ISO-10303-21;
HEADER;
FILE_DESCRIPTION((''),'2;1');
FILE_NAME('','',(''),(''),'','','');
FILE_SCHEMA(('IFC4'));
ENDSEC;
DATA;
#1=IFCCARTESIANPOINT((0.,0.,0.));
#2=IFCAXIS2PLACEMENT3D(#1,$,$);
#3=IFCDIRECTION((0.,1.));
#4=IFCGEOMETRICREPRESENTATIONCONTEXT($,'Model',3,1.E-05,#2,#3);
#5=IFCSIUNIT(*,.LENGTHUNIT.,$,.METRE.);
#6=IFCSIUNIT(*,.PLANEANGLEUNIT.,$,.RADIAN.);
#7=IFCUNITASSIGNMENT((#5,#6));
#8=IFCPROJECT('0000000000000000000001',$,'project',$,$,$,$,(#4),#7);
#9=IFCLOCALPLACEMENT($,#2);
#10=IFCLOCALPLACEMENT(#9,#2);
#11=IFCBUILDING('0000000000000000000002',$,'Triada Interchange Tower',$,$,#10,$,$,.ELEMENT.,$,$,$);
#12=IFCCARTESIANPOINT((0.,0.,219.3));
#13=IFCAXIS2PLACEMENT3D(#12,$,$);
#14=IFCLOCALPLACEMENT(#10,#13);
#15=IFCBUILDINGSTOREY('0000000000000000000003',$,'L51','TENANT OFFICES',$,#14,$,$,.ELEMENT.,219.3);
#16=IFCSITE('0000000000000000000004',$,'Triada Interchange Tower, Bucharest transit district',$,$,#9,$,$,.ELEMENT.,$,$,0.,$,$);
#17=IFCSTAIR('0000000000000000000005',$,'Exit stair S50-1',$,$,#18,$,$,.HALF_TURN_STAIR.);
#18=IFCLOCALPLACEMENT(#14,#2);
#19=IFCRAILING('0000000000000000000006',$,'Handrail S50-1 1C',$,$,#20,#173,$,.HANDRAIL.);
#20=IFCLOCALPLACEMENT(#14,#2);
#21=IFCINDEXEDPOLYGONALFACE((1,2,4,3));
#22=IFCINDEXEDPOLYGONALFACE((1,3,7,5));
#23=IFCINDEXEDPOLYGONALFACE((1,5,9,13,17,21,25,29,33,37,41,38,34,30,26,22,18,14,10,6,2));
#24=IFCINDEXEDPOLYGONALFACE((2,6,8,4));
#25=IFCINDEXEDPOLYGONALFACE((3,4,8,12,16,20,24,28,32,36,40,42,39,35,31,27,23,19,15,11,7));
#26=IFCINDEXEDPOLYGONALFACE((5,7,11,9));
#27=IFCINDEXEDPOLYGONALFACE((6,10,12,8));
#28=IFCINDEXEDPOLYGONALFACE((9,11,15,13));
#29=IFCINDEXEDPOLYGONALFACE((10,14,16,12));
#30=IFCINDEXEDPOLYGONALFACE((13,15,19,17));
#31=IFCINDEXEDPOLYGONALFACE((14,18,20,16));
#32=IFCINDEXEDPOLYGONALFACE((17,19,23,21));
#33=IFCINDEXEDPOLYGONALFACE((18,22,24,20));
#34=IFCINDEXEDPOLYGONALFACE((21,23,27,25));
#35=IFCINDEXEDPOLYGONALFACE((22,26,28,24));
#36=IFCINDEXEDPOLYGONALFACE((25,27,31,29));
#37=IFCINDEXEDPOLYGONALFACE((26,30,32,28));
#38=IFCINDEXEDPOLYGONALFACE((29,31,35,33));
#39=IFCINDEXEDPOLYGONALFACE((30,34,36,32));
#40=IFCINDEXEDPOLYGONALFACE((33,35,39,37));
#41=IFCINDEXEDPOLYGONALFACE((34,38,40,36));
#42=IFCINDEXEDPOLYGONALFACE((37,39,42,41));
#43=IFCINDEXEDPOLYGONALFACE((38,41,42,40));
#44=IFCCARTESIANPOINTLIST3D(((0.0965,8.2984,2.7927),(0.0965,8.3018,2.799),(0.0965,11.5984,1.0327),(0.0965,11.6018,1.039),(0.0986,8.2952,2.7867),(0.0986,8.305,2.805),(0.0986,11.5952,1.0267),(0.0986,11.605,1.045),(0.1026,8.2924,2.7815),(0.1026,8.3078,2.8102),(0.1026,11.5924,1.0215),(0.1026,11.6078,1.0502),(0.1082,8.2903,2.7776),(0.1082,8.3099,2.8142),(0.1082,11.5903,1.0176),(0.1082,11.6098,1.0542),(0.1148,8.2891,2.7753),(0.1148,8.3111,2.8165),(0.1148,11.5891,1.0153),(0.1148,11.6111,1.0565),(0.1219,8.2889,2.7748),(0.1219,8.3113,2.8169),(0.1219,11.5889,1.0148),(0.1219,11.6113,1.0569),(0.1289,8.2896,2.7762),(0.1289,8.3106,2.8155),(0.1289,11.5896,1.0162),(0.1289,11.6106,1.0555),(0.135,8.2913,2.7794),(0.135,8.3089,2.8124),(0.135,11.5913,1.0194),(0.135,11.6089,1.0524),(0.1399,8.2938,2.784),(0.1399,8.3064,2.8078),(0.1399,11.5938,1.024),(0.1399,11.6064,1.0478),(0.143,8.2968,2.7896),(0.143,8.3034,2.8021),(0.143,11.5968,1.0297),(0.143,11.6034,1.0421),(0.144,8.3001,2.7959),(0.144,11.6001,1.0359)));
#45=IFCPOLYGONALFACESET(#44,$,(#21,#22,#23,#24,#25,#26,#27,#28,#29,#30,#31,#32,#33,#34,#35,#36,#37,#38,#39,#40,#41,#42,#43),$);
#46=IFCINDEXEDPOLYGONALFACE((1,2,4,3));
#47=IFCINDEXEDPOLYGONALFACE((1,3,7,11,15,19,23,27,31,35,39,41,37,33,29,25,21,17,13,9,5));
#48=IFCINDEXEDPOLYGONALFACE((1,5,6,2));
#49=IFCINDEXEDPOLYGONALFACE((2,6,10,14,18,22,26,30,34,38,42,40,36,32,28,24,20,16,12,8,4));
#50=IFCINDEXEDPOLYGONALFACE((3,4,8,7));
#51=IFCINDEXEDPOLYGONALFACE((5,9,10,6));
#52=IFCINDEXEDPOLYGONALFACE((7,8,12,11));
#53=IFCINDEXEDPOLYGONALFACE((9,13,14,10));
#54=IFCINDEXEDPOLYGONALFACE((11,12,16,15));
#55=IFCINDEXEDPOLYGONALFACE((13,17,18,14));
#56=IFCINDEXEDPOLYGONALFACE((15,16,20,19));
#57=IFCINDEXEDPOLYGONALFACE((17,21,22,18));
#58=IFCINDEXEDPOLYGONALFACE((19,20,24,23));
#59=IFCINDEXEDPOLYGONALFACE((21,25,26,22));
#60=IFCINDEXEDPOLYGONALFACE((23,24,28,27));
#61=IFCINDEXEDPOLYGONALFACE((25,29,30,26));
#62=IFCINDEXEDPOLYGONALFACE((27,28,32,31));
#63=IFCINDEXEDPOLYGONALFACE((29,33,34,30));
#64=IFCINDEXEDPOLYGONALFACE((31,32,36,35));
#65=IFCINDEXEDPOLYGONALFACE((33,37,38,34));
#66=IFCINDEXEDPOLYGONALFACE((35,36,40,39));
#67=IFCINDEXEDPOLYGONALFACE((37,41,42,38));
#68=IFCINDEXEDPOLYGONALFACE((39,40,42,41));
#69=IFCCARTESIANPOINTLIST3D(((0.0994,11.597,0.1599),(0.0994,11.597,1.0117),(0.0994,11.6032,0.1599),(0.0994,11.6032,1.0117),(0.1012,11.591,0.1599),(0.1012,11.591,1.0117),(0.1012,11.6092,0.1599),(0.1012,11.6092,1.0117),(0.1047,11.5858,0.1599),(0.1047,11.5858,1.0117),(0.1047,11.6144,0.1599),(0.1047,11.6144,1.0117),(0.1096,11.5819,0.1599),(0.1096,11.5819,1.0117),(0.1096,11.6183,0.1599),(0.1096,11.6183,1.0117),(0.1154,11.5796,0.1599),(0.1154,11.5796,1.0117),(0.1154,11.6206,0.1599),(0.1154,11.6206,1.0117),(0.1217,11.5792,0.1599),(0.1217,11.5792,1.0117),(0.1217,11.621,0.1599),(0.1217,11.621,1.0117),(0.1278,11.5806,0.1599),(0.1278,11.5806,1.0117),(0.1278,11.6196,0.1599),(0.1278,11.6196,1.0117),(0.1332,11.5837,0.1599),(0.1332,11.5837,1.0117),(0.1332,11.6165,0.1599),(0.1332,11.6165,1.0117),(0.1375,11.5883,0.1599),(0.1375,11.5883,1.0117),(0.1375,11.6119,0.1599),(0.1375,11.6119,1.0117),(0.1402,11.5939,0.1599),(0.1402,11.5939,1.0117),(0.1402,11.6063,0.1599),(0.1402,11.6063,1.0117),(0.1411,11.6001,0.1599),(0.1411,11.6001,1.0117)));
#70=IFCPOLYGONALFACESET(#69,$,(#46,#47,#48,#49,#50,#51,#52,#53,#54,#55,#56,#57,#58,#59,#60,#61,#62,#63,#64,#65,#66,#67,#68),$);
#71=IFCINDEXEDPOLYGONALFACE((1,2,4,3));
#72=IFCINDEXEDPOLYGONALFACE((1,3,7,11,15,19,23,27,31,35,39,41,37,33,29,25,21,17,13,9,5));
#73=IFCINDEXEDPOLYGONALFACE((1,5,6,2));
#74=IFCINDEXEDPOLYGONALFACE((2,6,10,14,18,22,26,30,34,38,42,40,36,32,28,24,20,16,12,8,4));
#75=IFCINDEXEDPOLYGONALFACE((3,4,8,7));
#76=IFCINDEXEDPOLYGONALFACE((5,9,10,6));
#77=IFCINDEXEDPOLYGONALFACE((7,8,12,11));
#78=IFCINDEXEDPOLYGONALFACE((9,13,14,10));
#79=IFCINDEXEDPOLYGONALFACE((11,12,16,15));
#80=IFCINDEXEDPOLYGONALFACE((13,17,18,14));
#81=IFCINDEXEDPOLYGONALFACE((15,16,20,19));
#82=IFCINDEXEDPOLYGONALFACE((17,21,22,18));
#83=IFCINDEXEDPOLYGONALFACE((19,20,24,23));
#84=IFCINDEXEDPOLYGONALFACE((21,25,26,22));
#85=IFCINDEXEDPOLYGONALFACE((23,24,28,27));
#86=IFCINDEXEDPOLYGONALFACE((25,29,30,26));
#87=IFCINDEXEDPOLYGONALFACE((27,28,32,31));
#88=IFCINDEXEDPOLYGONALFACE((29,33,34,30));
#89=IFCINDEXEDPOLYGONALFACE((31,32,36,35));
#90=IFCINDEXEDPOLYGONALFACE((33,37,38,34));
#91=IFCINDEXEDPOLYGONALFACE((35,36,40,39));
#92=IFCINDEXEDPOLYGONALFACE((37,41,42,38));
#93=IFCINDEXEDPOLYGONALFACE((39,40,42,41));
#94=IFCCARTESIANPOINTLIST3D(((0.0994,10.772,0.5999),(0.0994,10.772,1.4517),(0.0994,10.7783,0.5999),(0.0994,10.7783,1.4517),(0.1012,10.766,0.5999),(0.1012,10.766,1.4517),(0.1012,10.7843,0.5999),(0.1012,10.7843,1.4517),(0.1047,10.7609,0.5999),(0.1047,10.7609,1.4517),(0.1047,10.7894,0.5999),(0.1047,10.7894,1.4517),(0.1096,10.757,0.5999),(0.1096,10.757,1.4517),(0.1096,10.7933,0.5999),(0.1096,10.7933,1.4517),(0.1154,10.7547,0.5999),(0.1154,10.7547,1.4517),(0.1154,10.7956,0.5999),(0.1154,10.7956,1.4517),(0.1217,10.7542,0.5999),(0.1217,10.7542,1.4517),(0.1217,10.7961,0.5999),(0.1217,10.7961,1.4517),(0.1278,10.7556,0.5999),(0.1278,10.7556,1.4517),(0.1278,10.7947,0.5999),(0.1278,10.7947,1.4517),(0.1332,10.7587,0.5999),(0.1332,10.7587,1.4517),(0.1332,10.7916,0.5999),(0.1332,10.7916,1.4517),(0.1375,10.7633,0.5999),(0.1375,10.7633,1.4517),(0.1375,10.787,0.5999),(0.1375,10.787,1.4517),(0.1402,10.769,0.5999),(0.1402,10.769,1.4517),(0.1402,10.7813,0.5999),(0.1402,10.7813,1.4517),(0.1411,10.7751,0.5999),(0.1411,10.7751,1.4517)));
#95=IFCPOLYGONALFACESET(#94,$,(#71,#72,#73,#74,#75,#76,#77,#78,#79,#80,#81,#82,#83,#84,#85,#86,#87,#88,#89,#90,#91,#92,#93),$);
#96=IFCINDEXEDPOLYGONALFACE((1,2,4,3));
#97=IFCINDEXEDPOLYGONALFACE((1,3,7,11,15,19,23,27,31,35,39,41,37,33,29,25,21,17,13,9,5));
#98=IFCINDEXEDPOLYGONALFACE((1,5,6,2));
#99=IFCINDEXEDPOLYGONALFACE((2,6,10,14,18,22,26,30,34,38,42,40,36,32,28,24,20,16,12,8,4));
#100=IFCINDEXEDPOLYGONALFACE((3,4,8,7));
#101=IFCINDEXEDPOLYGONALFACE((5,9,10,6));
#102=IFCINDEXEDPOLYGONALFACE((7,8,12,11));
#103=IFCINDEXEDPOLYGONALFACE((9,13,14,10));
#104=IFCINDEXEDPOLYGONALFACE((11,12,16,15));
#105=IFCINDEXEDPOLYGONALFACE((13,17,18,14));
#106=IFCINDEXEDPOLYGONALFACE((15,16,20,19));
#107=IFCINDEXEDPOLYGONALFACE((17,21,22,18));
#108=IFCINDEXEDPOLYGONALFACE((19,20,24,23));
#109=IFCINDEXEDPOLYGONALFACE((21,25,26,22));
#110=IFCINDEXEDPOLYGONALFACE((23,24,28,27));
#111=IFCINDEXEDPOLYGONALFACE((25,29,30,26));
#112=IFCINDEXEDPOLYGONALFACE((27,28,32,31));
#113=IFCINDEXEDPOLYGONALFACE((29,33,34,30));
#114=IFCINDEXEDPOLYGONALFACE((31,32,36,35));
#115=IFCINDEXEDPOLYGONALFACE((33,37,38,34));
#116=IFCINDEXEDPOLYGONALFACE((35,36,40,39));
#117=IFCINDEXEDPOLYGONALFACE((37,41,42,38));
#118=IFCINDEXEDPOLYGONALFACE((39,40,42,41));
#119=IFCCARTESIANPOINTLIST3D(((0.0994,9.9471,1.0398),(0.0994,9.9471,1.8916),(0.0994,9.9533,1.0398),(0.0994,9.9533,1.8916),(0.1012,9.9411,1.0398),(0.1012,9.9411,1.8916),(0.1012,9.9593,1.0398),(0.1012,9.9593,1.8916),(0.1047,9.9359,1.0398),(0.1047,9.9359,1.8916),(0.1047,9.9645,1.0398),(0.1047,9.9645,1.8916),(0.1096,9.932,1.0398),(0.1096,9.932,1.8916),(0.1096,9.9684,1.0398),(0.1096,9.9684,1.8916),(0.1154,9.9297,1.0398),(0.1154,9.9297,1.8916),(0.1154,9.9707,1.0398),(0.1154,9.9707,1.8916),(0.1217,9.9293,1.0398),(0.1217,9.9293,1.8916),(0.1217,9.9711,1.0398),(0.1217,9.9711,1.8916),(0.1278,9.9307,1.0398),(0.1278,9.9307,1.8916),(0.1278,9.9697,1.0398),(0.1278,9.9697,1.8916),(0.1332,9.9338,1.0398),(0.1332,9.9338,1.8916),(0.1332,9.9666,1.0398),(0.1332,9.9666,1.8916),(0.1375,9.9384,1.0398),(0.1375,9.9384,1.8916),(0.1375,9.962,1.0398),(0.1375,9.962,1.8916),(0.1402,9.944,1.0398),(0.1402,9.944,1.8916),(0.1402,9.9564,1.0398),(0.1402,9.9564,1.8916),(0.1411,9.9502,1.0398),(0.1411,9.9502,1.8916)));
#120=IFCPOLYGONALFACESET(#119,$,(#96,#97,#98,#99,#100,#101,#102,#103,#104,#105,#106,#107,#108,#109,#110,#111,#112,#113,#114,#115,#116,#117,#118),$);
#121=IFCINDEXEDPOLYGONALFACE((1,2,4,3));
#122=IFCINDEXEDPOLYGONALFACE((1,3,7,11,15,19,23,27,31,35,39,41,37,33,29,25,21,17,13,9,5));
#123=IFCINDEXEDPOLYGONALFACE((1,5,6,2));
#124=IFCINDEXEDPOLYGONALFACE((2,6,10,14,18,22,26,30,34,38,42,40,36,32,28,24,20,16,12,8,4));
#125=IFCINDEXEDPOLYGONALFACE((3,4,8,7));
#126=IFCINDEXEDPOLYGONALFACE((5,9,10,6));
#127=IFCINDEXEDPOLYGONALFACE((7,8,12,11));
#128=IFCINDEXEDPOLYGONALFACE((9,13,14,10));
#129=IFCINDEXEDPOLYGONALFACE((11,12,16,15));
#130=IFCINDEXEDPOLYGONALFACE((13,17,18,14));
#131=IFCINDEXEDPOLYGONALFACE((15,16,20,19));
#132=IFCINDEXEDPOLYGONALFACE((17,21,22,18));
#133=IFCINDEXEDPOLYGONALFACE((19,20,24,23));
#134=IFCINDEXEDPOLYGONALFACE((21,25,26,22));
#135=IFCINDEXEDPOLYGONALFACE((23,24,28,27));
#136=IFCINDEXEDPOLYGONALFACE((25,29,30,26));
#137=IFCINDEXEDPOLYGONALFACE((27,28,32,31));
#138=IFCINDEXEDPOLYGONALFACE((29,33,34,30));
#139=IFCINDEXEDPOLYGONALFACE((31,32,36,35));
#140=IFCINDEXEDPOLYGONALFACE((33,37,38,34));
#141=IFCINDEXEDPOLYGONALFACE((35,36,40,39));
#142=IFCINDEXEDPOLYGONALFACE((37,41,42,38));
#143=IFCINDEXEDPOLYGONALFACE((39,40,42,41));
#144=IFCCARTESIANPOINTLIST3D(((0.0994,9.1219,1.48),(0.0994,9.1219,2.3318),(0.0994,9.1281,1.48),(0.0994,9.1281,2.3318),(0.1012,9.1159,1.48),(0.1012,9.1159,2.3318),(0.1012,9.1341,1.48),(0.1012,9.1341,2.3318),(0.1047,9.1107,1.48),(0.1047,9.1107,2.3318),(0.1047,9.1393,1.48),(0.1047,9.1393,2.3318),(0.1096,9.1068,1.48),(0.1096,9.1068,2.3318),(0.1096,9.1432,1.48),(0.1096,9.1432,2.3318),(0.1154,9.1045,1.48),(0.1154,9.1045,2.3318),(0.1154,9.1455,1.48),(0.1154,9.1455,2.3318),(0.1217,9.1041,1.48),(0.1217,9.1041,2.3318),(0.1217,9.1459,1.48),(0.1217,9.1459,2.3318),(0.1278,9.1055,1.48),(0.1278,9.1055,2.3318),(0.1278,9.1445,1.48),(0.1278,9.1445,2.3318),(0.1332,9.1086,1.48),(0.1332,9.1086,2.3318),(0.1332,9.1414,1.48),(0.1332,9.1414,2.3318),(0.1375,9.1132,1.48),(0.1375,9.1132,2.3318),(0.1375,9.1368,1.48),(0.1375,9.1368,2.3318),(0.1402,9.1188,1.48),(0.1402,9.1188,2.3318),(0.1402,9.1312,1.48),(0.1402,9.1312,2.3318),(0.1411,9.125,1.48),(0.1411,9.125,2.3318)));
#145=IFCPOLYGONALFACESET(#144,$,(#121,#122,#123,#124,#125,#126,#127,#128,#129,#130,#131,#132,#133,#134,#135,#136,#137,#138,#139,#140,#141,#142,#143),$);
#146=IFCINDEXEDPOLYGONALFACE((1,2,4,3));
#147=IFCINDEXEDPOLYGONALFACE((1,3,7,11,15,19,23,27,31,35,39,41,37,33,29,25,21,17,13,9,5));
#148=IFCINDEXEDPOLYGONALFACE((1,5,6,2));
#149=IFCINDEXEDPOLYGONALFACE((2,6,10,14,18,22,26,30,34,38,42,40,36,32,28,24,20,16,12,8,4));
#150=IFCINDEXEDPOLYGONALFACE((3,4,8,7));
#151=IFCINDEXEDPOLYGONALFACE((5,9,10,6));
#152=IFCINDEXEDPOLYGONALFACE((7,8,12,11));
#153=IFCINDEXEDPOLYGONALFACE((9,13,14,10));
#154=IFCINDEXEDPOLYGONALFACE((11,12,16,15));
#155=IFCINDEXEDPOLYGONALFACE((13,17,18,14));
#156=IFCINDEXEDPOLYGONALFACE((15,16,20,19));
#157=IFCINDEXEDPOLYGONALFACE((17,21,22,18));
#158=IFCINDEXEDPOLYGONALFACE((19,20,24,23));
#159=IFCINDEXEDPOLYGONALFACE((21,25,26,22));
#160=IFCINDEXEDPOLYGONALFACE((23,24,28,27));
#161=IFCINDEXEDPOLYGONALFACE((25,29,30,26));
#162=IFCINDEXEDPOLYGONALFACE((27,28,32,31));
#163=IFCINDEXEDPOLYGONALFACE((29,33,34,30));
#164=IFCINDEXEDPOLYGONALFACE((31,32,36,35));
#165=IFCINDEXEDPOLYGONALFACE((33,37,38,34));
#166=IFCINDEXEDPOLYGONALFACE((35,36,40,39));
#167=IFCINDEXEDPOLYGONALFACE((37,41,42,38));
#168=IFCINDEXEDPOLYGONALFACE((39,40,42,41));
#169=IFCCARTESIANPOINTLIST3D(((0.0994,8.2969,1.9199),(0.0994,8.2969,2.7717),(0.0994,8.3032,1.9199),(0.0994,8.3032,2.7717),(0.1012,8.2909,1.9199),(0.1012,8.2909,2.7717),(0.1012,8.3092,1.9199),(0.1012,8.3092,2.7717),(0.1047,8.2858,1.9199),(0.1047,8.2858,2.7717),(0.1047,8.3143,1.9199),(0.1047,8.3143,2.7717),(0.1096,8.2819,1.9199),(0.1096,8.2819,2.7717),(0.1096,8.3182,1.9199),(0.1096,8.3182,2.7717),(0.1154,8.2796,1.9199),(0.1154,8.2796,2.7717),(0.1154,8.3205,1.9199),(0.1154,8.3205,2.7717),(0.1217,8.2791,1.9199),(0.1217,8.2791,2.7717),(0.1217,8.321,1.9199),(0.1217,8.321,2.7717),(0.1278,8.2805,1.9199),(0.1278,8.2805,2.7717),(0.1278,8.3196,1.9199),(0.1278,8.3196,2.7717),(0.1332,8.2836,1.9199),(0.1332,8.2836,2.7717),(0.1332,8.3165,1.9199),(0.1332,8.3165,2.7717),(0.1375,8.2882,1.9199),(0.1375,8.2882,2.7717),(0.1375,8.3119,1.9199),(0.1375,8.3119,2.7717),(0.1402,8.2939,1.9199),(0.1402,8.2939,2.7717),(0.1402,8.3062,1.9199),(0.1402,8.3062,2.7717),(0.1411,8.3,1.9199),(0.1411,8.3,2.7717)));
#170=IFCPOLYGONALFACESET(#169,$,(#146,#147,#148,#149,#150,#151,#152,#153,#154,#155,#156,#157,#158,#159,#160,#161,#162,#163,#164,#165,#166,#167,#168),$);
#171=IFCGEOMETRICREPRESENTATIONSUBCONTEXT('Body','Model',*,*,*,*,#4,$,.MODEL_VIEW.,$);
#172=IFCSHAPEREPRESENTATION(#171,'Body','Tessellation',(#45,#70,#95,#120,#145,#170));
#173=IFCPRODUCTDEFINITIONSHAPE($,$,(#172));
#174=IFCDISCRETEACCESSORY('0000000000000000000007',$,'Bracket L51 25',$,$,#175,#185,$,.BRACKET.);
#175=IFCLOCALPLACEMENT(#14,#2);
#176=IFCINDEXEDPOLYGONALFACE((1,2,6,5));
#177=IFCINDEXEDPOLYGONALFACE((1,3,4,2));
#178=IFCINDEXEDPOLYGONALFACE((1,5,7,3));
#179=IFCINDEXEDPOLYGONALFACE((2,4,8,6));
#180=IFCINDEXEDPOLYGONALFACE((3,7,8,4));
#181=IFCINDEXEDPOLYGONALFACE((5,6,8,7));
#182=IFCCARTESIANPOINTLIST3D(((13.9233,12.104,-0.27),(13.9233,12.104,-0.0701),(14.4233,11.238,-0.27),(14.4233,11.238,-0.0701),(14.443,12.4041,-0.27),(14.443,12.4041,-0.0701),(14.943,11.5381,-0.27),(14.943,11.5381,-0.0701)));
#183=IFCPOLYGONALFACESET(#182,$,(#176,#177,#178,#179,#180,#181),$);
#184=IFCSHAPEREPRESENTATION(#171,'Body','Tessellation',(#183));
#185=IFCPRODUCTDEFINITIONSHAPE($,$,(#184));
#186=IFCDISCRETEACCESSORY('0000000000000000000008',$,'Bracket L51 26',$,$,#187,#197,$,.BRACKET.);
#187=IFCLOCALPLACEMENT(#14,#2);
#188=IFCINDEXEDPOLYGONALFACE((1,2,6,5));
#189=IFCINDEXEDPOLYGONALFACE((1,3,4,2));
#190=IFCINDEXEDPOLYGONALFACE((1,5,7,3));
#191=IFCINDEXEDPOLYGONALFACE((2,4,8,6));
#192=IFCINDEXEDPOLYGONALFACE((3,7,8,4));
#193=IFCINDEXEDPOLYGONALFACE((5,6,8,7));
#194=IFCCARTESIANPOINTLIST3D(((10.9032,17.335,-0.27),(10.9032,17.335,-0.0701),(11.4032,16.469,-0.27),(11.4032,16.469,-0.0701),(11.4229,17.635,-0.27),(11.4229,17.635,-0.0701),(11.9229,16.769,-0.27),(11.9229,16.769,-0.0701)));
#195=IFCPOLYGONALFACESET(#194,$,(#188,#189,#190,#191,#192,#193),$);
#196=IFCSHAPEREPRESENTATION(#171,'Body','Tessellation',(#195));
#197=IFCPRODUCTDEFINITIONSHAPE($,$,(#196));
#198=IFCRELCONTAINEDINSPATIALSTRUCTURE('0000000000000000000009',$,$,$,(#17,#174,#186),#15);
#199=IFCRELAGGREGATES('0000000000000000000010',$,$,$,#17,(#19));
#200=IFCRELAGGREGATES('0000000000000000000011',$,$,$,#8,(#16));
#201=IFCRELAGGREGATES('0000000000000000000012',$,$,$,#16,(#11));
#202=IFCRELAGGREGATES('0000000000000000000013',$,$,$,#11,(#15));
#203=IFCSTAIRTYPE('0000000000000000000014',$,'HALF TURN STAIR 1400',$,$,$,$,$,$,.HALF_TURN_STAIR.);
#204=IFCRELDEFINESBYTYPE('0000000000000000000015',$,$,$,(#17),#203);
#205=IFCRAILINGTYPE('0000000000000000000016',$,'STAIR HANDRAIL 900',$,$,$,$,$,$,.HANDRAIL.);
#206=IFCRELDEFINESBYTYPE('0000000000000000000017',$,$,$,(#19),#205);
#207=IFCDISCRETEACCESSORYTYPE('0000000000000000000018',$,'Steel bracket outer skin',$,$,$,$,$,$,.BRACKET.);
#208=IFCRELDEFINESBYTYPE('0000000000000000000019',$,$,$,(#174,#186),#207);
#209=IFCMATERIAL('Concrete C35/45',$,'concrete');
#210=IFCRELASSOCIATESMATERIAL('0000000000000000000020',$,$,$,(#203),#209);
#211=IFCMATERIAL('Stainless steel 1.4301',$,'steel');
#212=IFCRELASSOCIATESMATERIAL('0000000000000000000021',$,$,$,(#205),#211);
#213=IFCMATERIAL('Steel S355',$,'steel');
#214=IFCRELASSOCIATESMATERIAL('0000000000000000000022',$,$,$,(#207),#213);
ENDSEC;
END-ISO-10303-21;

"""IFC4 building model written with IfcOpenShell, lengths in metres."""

from ifc_helpers import new_model, si_unit, direction, frame, origin, origin_2d, place, context, subcontext, project, spatial, rectangle, circle, extrude, material, type_object, element, aggregate, save


model = new_model("IFC4")

# Units and contexts
model_context = context("Model", 3, precision=1e-05, world=origin(), true_north=direction((0.0, 1.0)))
body_context = subcontext(model_context, "Body", "Model", "MODEL_VIEW")
ifc_project = project(units=[si_unit("LENGTHUNIT", "METRE"), si_unit("PLANEANGLEUNIT", "RADIAN")], contexts=[model_context])

# Site, building, storey
site_placement = place(None, origin())
site = spatial("IfcSite", under=ifc_project, at=site_placement, Name="Triada Interchange Tower, Bucharest transit district", CompositionType="ELEMENT", RefElevation=0.0)
building_placement = place(site_placement, origin())
building = spatial("IfcBuilding", under=site, at=building_placement, Name="Triada Interchange Tower", CompositionType="ELEMENT")
storey_placement = place(building_placement, frame((0.0, 0.0, 219.3)))
storey = spatial("IfcBuildingStorey", under=building, at=storey_placement, Name="L51", Description="TENANT OFFICES", CompositionType="ELEMENT", Elevation=219.3)

# Stair
ifc_material_1 = material(Name="Concrete C35/45", Category="concrete")
stair_type = type_object("IfcStairType", Name="HALF TURN STAIR 1400", PredefinedType="HALF_TURN_STAIR", material=ifc_material_1)
stair_placement = place(storey_placement, origin())
stair = element("IfcStair", 1, at=stair_placement, inside=storey, type_object=stair_type, Name="Exit stair S50-1", PredefinedType="HALF_TURN_STAIR")

# Railing
ifc_material_2 = material(Name="Stainless steel 1.4301", Category="steel")
railing_type = type_object("IfcRailingType", Name="STAIR HANDRAIL 900", PredefinedType="HANDRAIL", material=ifc_material_2)
railing_1_placement = place(storey_placement, frame((0.1201, 11.6001, 0.1599)))
railing_1 = element("IfcRailing", 2, at=railing_1_placement, type_object=railing_type, Name="Handrail S50-1 1C", PredefinedType="HANDRAIL", context=body_context, shape_type="SweptSolid", body=[
    extrude(circle(Radius=0.0239, at=origin_2d()), frame((0.0, 0.0, 0.876), z_axis=(0.0, -0.882355, 0.470585), x_axis=(1.0, 0.0, 0.0)), (0.0, 0.0, 1.0), 3.74),
    extrude(circle(Radius=0.021, at=origin_2d()), origin(), (0.0, 0.0, 1.0), 0.8518),
    extrude(circle(Radius=0.021, at=origin_2d()), frame((0.0, -0.825, 0.4399)), (0.0, 0.0, 1.0), 0.8518),
    extrude(circle(Radius=0.021, at=origin_2d()), frame((0.0, -1.6499, 0.8799)), (0.0, 0.0, 1.0), 0.8518),
    extrude(circle(Radius=0.021, at=origin_2d()), frame((0.0, -2.4751, 1.3201)), (0.0, 0.0, 1.0), 0.8518),
    extrude(circle(Radius=0.021, at=origin_2d()), frame((0.0, -3.3, 1.76)), (0.0, 0.0, 1.0), 0.8518),
])
aggregate(stair, [railing_1])

# Discrete accessories
ifc_material_3 = material(Name="Steel S355", Category="steel")
discrete_accessory_type = type_object("IfcDiscreteAccessoryType", Name="Steel bracket outer skin", PredefinedType="BRACKET", material=ifc_material_3)
for number, where, z_axis, x_axis, name in (
    (3, (14.4331, 11.821, -0.27), (0.0, 0.0, 1.0), (0.866025, 0.500001, 0.0), "Bracket L51 25"),
    (4, (11.4131, 17.052, -0.27), (0.0, 0.0, 1.0), (0.866025, 0.500001, 0.0), "Bracket L51 26"),
):
    element("IfcDiscreteAccessory", number, at=place(storey_placement, frame(where, z_axis=z_axis, x_axis=x_axis)), inside=storey, type_object=discrete_accessory_type, Name=name, PredefinedType="BRACKET", context=body_context, shape_type="SweptSolid", body=[
        extrude(rectangle(XDim=0.6001, YDim=1.0, at=origin_2d()), origin(), (0.0, 0.0, 1.0), 0.2),
    ])

save(model, "model.ifc")
